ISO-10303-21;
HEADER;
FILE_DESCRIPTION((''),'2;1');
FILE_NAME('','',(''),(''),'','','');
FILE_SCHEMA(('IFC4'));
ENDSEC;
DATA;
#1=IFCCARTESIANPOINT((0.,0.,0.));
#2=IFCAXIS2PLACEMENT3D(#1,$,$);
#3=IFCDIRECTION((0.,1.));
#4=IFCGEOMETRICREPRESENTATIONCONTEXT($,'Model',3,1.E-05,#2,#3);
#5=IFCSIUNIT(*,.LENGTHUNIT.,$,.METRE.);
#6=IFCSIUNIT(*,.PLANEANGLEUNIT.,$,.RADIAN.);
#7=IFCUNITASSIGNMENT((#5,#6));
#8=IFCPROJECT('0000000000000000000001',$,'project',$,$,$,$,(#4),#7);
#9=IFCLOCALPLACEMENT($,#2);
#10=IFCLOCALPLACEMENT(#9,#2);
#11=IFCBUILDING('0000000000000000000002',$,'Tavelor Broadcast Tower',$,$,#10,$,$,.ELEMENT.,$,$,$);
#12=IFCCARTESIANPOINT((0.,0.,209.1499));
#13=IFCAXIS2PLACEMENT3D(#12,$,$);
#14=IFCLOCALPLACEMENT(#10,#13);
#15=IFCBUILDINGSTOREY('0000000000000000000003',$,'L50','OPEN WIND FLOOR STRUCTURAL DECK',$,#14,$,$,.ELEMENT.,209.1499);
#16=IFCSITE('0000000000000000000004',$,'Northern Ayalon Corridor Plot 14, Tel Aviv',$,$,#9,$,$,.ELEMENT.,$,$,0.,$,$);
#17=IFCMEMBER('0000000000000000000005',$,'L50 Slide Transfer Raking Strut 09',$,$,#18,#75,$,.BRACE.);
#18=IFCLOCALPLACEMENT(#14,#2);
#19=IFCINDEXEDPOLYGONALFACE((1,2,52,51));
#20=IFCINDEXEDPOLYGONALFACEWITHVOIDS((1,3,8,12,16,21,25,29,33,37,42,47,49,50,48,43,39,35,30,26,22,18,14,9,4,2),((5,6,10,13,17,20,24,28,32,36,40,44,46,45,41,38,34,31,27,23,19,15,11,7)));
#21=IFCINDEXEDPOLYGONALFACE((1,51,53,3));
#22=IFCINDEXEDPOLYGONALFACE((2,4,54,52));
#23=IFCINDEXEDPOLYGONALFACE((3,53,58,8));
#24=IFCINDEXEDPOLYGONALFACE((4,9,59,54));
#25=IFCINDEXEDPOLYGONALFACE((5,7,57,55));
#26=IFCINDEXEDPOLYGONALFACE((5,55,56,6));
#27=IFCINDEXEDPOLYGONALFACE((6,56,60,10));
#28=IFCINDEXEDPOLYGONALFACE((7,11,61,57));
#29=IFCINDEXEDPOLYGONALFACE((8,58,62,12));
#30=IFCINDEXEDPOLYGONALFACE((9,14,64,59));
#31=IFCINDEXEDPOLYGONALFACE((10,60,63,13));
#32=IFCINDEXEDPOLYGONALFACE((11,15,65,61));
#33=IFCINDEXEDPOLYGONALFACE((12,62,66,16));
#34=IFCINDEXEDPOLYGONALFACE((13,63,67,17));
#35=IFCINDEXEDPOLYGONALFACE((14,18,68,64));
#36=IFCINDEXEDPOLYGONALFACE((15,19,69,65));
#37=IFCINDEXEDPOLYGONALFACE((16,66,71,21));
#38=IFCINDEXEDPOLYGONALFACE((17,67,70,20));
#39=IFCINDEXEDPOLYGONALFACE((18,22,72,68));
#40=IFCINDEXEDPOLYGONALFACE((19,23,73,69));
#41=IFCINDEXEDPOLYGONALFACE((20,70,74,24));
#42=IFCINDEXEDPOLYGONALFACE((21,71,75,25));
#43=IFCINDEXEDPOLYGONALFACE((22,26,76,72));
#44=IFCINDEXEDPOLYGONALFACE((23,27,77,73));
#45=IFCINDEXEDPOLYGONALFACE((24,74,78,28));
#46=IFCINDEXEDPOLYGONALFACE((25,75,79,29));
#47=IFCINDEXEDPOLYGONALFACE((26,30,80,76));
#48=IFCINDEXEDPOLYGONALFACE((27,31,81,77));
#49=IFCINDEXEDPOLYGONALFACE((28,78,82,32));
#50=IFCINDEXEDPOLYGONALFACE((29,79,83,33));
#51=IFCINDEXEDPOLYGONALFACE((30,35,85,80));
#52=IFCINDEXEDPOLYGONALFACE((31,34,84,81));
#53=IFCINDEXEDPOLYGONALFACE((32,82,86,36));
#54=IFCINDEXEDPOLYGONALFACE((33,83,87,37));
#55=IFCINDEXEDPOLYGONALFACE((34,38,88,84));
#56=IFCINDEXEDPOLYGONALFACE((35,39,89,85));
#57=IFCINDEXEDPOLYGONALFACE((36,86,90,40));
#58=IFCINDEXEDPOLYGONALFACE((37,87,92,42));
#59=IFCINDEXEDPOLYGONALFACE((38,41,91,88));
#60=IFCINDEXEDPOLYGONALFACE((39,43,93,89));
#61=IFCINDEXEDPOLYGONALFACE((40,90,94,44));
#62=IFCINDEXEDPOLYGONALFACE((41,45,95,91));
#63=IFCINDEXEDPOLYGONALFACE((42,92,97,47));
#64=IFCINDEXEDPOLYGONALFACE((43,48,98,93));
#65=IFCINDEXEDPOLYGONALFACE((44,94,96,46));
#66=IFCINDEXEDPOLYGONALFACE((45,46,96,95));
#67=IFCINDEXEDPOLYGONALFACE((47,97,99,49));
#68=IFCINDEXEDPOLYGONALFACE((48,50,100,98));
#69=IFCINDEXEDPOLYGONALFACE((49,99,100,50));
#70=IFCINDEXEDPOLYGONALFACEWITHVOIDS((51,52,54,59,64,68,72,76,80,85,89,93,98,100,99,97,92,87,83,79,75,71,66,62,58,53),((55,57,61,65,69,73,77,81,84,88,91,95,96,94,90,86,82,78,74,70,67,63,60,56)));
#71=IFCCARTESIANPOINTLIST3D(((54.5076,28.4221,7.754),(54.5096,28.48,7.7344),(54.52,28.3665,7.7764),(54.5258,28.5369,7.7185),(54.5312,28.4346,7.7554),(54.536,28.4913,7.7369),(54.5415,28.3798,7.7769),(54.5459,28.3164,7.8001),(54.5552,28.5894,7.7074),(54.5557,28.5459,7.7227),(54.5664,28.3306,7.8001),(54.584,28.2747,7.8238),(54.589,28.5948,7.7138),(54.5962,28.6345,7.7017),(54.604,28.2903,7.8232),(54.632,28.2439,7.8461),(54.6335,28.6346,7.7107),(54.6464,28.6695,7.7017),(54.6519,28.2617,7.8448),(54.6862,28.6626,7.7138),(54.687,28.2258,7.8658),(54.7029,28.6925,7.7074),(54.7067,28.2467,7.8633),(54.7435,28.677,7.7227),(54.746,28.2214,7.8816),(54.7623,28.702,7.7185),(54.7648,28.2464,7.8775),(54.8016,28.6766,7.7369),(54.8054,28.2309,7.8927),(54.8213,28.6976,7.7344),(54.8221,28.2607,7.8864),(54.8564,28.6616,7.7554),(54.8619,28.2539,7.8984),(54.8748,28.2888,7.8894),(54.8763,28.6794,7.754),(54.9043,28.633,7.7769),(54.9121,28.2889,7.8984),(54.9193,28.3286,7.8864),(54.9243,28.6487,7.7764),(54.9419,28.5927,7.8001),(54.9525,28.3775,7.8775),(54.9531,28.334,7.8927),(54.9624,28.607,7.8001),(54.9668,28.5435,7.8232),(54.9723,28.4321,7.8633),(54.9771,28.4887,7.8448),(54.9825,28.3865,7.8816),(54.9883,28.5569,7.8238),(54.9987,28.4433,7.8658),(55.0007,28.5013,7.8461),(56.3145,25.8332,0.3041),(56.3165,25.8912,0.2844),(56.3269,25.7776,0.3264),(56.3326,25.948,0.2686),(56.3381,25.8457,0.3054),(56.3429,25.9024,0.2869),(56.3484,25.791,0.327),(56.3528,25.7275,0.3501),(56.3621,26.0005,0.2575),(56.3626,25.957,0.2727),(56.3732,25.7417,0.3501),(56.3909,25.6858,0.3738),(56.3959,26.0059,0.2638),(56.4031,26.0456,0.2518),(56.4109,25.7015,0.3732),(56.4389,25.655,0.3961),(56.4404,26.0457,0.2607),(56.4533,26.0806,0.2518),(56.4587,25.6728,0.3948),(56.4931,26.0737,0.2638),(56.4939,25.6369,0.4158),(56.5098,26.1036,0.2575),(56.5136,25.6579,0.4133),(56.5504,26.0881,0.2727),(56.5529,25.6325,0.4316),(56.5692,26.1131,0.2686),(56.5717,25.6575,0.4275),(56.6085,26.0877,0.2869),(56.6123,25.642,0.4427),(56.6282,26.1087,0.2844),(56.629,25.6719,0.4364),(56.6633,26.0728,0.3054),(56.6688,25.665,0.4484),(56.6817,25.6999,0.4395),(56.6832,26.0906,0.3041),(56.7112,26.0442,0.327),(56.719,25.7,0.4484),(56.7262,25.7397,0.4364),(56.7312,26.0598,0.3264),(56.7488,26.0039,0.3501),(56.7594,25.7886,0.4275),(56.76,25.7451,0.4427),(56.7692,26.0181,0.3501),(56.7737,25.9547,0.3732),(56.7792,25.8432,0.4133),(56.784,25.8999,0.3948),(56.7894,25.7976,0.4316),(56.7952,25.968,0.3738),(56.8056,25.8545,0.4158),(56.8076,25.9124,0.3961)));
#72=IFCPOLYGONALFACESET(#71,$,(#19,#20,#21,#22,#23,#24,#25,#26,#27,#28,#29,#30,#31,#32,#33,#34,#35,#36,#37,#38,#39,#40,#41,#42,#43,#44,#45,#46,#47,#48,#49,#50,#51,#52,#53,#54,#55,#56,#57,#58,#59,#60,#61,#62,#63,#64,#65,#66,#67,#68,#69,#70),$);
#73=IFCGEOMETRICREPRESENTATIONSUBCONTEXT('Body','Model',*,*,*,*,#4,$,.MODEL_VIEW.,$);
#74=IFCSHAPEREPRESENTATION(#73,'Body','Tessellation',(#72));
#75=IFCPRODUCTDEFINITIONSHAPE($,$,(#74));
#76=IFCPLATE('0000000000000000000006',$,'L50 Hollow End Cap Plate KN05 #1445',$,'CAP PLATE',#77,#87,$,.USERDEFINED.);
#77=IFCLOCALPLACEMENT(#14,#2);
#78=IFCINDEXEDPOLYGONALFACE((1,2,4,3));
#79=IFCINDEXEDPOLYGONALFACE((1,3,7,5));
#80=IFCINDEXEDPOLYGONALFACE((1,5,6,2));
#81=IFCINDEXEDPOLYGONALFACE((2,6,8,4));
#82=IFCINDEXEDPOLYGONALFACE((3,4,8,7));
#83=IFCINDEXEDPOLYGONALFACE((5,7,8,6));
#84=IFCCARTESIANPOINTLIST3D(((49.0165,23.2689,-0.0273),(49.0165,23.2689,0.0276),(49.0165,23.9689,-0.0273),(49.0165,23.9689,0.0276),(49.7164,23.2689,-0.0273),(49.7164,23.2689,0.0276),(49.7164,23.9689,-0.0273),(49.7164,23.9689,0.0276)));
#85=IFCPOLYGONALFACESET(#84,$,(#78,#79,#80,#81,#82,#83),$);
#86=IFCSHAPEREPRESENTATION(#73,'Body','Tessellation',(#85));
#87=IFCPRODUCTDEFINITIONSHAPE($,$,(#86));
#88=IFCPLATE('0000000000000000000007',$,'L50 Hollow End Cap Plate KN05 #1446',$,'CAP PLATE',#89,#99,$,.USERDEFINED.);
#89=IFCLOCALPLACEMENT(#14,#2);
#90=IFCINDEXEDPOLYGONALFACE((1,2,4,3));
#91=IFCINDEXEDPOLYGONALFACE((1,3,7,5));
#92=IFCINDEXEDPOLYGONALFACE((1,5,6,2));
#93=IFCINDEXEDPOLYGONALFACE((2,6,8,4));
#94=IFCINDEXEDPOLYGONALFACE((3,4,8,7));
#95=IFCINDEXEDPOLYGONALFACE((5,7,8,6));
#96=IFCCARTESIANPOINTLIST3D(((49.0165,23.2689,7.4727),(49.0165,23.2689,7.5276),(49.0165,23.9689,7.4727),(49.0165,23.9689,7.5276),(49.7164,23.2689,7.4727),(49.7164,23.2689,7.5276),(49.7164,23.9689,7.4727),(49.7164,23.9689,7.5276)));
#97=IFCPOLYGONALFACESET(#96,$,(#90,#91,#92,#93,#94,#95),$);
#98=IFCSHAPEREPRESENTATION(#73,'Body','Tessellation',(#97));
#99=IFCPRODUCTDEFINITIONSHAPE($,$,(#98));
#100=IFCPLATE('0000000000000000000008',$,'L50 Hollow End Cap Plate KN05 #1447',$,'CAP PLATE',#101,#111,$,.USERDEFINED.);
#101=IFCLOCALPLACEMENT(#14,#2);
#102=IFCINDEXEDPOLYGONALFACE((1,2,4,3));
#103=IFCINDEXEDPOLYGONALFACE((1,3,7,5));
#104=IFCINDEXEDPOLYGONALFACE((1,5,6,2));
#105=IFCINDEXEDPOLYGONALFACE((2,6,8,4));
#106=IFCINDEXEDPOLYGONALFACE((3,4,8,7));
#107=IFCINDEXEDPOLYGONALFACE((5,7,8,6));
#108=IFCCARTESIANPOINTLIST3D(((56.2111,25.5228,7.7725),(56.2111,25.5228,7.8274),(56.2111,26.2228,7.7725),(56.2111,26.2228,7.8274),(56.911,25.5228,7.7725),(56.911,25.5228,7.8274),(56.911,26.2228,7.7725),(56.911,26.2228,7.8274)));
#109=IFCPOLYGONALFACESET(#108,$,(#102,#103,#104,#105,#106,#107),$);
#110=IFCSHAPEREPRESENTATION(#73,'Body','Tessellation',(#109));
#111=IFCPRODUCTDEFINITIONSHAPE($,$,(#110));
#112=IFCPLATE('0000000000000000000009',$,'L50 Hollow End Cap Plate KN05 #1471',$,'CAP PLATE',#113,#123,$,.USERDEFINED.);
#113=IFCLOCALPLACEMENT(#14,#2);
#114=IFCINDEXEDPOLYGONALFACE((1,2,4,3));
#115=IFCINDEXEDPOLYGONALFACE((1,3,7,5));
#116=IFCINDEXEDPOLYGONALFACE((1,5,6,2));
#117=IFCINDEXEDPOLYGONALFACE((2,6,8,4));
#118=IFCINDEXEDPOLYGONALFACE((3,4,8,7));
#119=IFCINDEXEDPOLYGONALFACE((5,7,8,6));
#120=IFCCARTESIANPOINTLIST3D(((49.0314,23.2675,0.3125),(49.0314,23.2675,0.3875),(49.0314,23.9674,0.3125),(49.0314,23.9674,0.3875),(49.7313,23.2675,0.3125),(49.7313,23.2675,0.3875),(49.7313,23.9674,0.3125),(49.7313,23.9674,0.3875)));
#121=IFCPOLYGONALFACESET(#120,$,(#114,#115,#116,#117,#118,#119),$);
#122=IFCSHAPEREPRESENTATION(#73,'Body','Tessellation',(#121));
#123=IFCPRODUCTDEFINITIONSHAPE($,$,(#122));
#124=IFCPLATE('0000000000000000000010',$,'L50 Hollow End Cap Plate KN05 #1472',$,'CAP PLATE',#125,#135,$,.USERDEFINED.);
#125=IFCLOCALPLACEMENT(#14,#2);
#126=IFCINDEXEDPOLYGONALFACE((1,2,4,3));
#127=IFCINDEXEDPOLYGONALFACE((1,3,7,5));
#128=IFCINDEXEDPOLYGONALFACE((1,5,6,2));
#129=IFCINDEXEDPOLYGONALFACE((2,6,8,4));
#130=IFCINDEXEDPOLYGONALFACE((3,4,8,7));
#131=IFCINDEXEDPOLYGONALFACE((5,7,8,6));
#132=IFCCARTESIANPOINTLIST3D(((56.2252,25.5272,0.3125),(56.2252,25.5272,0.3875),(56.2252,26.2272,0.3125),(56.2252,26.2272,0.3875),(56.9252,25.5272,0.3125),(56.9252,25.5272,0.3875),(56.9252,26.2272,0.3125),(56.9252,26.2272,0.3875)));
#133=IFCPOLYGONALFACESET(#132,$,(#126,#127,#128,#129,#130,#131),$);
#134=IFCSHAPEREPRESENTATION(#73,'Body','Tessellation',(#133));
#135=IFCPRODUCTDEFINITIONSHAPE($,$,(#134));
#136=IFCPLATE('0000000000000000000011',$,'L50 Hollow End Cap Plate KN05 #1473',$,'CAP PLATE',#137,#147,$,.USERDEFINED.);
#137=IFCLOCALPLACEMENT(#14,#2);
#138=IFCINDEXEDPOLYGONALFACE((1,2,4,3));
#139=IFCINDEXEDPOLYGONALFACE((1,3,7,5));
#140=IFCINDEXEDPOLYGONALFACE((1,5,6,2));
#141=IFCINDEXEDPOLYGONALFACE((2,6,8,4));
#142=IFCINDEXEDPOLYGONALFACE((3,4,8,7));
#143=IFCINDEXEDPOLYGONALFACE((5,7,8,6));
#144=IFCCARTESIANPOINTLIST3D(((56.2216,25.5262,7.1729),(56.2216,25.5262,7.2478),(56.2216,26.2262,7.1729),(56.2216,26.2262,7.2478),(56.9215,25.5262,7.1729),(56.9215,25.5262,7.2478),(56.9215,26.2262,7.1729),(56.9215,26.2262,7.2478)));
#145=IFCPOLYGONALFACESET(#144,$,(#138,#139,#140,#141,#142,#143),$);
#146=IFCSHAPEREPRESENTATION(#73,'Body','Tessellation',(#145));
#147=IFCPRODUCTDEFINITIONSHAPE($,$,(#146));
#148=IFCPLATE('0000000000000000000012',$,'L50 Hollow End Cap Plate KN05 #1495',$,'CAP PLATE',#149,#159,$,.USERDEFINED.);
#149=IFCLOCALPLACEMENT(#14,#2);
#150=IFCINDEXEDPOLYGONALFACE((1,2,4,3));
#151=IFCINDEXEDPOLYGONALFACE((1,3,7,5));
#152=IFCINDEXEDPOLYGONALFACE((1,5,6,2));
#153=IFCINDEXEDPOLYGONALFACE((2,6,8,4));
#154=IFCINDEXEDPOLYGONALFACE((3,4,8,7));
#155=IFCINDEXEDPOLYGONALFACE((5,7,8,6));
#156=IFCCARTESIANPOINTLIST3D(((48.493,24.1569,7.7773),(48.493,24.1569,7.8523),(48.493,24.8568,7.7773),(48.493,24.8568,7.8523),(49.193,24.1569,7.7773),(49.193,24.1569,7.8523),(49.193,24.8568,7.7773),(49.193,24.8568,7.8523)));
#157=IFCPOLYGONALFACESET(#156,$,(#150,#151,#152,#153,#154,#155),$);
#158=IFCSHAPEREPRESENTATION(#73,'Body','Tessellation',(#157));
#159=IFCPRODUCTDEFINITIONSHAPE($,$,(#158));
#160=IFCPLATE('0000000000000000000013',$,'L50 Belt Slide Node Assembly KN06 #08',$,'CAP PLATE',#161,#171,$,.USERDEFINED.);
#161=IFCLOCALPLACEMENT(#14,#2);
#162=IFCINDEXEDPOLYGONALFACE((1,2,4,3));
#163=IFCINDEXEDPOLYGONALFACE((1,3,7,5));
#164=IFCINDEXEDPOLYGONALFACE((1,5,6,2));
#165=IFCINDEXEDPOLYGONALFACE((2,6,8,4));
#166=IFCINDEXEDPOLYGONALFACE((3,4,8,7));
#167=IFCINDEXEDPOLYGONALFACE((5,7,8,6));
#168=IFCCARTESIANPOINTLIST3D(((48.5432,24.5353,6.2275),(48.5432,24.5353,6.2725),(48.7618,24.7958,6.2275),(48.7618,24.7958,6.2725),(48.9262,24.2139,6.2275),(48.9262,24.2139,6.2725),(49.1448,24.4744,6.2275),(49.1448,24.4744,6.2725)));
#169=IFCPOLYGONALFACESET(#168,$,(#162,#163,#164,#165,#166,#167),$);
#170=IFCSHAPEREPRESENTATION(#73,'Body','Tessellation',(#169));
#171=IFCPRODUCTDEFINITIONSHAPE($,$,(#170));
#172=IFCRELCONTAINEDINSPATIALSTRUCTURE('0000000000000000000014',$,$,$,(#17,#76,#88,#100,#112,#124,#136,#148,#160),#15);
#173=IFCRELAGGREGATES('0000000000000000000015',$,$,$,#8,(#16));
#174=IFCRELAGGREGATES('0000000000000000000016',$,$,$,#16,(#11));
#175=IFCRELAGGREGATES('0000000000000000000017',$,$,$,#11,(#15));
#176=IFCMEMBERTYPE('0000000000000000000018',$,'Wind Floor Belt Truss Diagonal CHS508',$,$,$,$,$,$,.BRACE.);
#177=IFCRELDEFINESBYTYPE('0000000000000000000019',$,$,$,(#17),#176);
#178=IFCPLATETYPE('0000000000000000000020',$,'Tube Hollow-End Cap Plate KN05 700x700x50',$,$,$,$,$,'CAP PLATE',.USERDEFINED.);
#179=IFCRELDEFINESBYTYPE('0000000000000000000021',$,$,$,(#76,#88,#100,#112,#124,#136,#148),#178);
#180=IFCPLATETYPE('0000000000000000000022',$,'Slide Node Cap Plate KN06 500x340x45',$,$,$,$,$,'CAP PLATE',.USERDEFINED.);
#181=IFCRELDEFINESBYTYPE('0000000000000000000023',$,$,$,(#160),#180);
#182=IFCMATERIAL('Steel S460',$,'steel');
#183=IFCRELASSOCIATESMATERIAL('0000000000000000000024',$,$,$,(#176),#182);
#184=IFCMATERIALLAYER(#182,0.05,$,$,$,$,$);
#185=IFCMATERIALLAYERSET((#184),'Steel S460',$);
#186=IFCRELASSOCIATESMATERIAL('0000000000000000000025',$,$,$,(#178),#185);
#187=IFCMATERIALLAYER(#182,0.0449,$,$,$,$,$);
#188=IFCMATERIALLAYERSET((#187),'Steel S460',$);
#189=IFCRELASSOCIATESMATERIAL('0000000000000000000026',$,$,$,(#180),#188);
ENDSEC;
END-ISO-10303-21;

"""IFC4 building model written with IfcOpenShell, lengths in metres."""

from ifc_helpers import new_model, si_unit, direction, frame, origin, origin_2d, place, context, subcontext, project, spatial, rectangle, hollow_circle, extrude, source, transform, mapped, material, layer, layer_set, material_profile, profile_set, type_object, type_shapes, element, save


model = new_model("IFC4")

# Units and contexts
model_context = context("Model", 3, precision=1e-05, world=origin(), true_north=direction((0.0, 1.0)))
body_context = subcontext(model_context, "Body", "Model", "MODEL_VIEW")
ifc_project = project(units=[si_unit("LENGTHUNIT", "METRE"), si_unit("PLANEANGLEUNIT", "RADIAN")], contexts=[model_context])

# Site, building, storey
site_placement = place(None, origin())
site = spatial("IfcSite", under=ifc_project, at=site_placement, Name="Northern Ayalon Corridor Plot 14, Tel Aviv", CompositionType="ELEMENT", RefElevation=0.0)
building_placement = place(site_placement, origin())
building = spatial("IfcBuilding", under=site, at=building_placement, Name="Tavelor Broadcast Tower", CompositionType="ELEMENT")
storey_placement = place(building_placement, frame((0.0, 0.0, 209.1499)))
storey = spatial("IfcBuildingStorey", under=building, at=storey_placement, Name="L50", Description="OPEN WIND FLOOR STRUCTURAL DECK", CompositionType="ELEMENT", Elevation=209.1499)

# Shared definitions
ifc_material_1 = material(Name="Steel S460", Category="steel")

# Member
ifc_material_profile_1 = material_profile(ifc_material_1, hollow_circle(Radius=0.2539, WallThickness=0.0249, at=origin_2d()), Name="CHS 508x25")
ifc_profile_set_1 = profile_set([ifc_material_profile_1], Name="Steel S460")
member_type_1 = type_object("IfcMemberType", Name="Wind Floor Belt Truss Diagonal CHS508", PredefinedType="BRACE", material=ifc_profile_set_1)
member_1_placement = place(storey_placement, frame((56.561, 25.8728, 0.3501), z_axis=(-0.223313, 0.319958, 0.920738), x_axis=(-0.820023, -0.57233, 0.0)))
element("IfcMember", 1, at=member_1_placement, inside=storey, type_object=member_type_1, Name="L50 Slide Transfer Raking Strut 09", PredefinedType="BRACE", context=body_context, shape_type="SweptSolid", body=[
    extrude(hollow_circle(Radius=0.2539, WallThickness=0.0249, at=origin_2d()), origin(), (0.0, 0.0, 1.0), 8.0913),
])

# Plates
ifc_layer_1 = layer(ifc_material_1, 0.05)
ifc_layer_set_1 = layer_set([ifc_layer_1], Name="Steel S460")
plate_type_1 = type_object("IfcPlateType", Name="Tube Hollow-End Cap Plate KN05 700x700x50", ElementType="CAP PLATE", PredefinedType="USERDEFINED", material=ifc_layer_set_1)
shared_shape_1 = source(origin(), body_context, "Body", "SweptSolid", [
    extrude(rectangle(XDim=0.7, YDim=0.7, at=origin_2d()), origin(), (0.0, 0.0, 1.0), 0.0549),
])
for number, where, z_axis, x_axis, name in (
    (2, (49.3665, 23.6189, -0.0273), (0.0, 0.0, 1.0), (1.0, 0.0, 0.0), "L50 Hollow End Cap Plate KN05 #1445"),
    (3, (49.3665, 23.6189, 7.4727), (0.0, 0.0, 1.0), (1.0, 0.0, 0.0), "L50 Hollow End Cap Plate KN05 #1446"),
    (4, (56.561, 25.8728, 7.7725), (0.0, 0.0, 1.0), (1.0, 0.0, 0.0), "L50 Hollow End Cap Plate KN05 #1447"),
):
    element("IfcPlate", number, at=place(storey_placement, frame(where, z_axis=z_axis, x_axis=x_axis)), inside=storey, type_object=plate_type_1, Name=name, ObjectType="CAP PLATE", PredefinedType="USERDEFINED", context=body_context, shape_type="MappedRepresentation", body=[
        mapped(shared_shape_1, transform((0.0, 0.0, 0.0), scale=1.0)),
    ])
shared_shape_2 = source(origin(), body_context, "Body", "SweptSolid", [
    extrude(rectangle(XDim=0.7, YDim=0.7, at=origin_2d()), origin(), (0.0, 0.0, 1.0), 0.075),
])
type_shapes(plate_type_1, [shared_shape_1, shared_shape_2])
for number, where, z_axis, x_axis, name in (
    (5, (49.3813, 23.6174, 0.3125), (0.0, 0.0, 1.0), (1.0, 0.0, 0.0), "L50 Hollow End Cap Plate KN05 #1471"),
    (6, (56.5752, 25.8772, 0.3125), (0.0, 0.0, 1.0), (1.0, 0.0, 0.0), "L50 Hollow End Cap Plate KN05 #1472"),
    (7, (56.5715, 25.8762, 7.1729), (0.0, 0.0, 1.0), (1.0, 0.0, 0.0), "L50 Hollow End Cap Plate KN05 #1473"),
    (8, (48.843, 24.5068, 7.7773), (0.0, 0.0, 1.0), (1.0, 0.0, 0.0), "L50 Hollow End Cap Plate KN05 #1495"),
):
    element("IfcPlate", number, at=place(storey_placement, frame(where, z_axis=z_axis, x_axis=x_axis)), inside=storey, type_object=plate_type_1, Name=name, ObjectType="CAP PLATE", PredefinedType="USERDEFINED", context=body_context, shape_type="MappedRepresentation", body=[
        mapped(shared_shape_2, transform((0.0, 0.0, 0.0), scale=1.0)),
    ])
ifc_layer_2 = layer(ifc_material_1, 0.0449)
ifc_layer_set_2 = layer_set([ifc_layer_2], Name="Steel S460")
plate_type_2 = type_object("IfcPlateType", Name="Slide Node Cap Plate KN06 500x340x45", ElementType="CAP PLATE", PredefinedType="USERDEFINED", material=ifc_layer_set_2)
shared_shape_3 = source(origin(), body_context, "Body", "SweptSolid", [
    extrude(rectangle(XDim=0.5, YDim=0.3401, at=origin_2d()), origin(), (0.0, 0.0, 1.0), 0.0449),
])
type_shapes(plate_type_2, [shared_shape_3])
plate_placement = place(storey_placement, frame((48.844, 24.5049, 6.2275), z_axis=(0.0, 0.0, 1.0), x_axis=(-0.766044, 0.642788, 0.0)))
element("IfcPlate", 9, at=plate_placement, inside=storey, type_object=plate_type_2, Name="L50 Belt Slide Node Assembly KN06 #08", ObjectType="CAP PLATE", PredefinedType="USERDEFINED", context=body_context, shape_type="MappedRepresentation", body=[
    mapped(shared_shape_3, transform((0.0, 0.0, 0.0), scale=1.0)),
])

save(model, "model.ifc")
